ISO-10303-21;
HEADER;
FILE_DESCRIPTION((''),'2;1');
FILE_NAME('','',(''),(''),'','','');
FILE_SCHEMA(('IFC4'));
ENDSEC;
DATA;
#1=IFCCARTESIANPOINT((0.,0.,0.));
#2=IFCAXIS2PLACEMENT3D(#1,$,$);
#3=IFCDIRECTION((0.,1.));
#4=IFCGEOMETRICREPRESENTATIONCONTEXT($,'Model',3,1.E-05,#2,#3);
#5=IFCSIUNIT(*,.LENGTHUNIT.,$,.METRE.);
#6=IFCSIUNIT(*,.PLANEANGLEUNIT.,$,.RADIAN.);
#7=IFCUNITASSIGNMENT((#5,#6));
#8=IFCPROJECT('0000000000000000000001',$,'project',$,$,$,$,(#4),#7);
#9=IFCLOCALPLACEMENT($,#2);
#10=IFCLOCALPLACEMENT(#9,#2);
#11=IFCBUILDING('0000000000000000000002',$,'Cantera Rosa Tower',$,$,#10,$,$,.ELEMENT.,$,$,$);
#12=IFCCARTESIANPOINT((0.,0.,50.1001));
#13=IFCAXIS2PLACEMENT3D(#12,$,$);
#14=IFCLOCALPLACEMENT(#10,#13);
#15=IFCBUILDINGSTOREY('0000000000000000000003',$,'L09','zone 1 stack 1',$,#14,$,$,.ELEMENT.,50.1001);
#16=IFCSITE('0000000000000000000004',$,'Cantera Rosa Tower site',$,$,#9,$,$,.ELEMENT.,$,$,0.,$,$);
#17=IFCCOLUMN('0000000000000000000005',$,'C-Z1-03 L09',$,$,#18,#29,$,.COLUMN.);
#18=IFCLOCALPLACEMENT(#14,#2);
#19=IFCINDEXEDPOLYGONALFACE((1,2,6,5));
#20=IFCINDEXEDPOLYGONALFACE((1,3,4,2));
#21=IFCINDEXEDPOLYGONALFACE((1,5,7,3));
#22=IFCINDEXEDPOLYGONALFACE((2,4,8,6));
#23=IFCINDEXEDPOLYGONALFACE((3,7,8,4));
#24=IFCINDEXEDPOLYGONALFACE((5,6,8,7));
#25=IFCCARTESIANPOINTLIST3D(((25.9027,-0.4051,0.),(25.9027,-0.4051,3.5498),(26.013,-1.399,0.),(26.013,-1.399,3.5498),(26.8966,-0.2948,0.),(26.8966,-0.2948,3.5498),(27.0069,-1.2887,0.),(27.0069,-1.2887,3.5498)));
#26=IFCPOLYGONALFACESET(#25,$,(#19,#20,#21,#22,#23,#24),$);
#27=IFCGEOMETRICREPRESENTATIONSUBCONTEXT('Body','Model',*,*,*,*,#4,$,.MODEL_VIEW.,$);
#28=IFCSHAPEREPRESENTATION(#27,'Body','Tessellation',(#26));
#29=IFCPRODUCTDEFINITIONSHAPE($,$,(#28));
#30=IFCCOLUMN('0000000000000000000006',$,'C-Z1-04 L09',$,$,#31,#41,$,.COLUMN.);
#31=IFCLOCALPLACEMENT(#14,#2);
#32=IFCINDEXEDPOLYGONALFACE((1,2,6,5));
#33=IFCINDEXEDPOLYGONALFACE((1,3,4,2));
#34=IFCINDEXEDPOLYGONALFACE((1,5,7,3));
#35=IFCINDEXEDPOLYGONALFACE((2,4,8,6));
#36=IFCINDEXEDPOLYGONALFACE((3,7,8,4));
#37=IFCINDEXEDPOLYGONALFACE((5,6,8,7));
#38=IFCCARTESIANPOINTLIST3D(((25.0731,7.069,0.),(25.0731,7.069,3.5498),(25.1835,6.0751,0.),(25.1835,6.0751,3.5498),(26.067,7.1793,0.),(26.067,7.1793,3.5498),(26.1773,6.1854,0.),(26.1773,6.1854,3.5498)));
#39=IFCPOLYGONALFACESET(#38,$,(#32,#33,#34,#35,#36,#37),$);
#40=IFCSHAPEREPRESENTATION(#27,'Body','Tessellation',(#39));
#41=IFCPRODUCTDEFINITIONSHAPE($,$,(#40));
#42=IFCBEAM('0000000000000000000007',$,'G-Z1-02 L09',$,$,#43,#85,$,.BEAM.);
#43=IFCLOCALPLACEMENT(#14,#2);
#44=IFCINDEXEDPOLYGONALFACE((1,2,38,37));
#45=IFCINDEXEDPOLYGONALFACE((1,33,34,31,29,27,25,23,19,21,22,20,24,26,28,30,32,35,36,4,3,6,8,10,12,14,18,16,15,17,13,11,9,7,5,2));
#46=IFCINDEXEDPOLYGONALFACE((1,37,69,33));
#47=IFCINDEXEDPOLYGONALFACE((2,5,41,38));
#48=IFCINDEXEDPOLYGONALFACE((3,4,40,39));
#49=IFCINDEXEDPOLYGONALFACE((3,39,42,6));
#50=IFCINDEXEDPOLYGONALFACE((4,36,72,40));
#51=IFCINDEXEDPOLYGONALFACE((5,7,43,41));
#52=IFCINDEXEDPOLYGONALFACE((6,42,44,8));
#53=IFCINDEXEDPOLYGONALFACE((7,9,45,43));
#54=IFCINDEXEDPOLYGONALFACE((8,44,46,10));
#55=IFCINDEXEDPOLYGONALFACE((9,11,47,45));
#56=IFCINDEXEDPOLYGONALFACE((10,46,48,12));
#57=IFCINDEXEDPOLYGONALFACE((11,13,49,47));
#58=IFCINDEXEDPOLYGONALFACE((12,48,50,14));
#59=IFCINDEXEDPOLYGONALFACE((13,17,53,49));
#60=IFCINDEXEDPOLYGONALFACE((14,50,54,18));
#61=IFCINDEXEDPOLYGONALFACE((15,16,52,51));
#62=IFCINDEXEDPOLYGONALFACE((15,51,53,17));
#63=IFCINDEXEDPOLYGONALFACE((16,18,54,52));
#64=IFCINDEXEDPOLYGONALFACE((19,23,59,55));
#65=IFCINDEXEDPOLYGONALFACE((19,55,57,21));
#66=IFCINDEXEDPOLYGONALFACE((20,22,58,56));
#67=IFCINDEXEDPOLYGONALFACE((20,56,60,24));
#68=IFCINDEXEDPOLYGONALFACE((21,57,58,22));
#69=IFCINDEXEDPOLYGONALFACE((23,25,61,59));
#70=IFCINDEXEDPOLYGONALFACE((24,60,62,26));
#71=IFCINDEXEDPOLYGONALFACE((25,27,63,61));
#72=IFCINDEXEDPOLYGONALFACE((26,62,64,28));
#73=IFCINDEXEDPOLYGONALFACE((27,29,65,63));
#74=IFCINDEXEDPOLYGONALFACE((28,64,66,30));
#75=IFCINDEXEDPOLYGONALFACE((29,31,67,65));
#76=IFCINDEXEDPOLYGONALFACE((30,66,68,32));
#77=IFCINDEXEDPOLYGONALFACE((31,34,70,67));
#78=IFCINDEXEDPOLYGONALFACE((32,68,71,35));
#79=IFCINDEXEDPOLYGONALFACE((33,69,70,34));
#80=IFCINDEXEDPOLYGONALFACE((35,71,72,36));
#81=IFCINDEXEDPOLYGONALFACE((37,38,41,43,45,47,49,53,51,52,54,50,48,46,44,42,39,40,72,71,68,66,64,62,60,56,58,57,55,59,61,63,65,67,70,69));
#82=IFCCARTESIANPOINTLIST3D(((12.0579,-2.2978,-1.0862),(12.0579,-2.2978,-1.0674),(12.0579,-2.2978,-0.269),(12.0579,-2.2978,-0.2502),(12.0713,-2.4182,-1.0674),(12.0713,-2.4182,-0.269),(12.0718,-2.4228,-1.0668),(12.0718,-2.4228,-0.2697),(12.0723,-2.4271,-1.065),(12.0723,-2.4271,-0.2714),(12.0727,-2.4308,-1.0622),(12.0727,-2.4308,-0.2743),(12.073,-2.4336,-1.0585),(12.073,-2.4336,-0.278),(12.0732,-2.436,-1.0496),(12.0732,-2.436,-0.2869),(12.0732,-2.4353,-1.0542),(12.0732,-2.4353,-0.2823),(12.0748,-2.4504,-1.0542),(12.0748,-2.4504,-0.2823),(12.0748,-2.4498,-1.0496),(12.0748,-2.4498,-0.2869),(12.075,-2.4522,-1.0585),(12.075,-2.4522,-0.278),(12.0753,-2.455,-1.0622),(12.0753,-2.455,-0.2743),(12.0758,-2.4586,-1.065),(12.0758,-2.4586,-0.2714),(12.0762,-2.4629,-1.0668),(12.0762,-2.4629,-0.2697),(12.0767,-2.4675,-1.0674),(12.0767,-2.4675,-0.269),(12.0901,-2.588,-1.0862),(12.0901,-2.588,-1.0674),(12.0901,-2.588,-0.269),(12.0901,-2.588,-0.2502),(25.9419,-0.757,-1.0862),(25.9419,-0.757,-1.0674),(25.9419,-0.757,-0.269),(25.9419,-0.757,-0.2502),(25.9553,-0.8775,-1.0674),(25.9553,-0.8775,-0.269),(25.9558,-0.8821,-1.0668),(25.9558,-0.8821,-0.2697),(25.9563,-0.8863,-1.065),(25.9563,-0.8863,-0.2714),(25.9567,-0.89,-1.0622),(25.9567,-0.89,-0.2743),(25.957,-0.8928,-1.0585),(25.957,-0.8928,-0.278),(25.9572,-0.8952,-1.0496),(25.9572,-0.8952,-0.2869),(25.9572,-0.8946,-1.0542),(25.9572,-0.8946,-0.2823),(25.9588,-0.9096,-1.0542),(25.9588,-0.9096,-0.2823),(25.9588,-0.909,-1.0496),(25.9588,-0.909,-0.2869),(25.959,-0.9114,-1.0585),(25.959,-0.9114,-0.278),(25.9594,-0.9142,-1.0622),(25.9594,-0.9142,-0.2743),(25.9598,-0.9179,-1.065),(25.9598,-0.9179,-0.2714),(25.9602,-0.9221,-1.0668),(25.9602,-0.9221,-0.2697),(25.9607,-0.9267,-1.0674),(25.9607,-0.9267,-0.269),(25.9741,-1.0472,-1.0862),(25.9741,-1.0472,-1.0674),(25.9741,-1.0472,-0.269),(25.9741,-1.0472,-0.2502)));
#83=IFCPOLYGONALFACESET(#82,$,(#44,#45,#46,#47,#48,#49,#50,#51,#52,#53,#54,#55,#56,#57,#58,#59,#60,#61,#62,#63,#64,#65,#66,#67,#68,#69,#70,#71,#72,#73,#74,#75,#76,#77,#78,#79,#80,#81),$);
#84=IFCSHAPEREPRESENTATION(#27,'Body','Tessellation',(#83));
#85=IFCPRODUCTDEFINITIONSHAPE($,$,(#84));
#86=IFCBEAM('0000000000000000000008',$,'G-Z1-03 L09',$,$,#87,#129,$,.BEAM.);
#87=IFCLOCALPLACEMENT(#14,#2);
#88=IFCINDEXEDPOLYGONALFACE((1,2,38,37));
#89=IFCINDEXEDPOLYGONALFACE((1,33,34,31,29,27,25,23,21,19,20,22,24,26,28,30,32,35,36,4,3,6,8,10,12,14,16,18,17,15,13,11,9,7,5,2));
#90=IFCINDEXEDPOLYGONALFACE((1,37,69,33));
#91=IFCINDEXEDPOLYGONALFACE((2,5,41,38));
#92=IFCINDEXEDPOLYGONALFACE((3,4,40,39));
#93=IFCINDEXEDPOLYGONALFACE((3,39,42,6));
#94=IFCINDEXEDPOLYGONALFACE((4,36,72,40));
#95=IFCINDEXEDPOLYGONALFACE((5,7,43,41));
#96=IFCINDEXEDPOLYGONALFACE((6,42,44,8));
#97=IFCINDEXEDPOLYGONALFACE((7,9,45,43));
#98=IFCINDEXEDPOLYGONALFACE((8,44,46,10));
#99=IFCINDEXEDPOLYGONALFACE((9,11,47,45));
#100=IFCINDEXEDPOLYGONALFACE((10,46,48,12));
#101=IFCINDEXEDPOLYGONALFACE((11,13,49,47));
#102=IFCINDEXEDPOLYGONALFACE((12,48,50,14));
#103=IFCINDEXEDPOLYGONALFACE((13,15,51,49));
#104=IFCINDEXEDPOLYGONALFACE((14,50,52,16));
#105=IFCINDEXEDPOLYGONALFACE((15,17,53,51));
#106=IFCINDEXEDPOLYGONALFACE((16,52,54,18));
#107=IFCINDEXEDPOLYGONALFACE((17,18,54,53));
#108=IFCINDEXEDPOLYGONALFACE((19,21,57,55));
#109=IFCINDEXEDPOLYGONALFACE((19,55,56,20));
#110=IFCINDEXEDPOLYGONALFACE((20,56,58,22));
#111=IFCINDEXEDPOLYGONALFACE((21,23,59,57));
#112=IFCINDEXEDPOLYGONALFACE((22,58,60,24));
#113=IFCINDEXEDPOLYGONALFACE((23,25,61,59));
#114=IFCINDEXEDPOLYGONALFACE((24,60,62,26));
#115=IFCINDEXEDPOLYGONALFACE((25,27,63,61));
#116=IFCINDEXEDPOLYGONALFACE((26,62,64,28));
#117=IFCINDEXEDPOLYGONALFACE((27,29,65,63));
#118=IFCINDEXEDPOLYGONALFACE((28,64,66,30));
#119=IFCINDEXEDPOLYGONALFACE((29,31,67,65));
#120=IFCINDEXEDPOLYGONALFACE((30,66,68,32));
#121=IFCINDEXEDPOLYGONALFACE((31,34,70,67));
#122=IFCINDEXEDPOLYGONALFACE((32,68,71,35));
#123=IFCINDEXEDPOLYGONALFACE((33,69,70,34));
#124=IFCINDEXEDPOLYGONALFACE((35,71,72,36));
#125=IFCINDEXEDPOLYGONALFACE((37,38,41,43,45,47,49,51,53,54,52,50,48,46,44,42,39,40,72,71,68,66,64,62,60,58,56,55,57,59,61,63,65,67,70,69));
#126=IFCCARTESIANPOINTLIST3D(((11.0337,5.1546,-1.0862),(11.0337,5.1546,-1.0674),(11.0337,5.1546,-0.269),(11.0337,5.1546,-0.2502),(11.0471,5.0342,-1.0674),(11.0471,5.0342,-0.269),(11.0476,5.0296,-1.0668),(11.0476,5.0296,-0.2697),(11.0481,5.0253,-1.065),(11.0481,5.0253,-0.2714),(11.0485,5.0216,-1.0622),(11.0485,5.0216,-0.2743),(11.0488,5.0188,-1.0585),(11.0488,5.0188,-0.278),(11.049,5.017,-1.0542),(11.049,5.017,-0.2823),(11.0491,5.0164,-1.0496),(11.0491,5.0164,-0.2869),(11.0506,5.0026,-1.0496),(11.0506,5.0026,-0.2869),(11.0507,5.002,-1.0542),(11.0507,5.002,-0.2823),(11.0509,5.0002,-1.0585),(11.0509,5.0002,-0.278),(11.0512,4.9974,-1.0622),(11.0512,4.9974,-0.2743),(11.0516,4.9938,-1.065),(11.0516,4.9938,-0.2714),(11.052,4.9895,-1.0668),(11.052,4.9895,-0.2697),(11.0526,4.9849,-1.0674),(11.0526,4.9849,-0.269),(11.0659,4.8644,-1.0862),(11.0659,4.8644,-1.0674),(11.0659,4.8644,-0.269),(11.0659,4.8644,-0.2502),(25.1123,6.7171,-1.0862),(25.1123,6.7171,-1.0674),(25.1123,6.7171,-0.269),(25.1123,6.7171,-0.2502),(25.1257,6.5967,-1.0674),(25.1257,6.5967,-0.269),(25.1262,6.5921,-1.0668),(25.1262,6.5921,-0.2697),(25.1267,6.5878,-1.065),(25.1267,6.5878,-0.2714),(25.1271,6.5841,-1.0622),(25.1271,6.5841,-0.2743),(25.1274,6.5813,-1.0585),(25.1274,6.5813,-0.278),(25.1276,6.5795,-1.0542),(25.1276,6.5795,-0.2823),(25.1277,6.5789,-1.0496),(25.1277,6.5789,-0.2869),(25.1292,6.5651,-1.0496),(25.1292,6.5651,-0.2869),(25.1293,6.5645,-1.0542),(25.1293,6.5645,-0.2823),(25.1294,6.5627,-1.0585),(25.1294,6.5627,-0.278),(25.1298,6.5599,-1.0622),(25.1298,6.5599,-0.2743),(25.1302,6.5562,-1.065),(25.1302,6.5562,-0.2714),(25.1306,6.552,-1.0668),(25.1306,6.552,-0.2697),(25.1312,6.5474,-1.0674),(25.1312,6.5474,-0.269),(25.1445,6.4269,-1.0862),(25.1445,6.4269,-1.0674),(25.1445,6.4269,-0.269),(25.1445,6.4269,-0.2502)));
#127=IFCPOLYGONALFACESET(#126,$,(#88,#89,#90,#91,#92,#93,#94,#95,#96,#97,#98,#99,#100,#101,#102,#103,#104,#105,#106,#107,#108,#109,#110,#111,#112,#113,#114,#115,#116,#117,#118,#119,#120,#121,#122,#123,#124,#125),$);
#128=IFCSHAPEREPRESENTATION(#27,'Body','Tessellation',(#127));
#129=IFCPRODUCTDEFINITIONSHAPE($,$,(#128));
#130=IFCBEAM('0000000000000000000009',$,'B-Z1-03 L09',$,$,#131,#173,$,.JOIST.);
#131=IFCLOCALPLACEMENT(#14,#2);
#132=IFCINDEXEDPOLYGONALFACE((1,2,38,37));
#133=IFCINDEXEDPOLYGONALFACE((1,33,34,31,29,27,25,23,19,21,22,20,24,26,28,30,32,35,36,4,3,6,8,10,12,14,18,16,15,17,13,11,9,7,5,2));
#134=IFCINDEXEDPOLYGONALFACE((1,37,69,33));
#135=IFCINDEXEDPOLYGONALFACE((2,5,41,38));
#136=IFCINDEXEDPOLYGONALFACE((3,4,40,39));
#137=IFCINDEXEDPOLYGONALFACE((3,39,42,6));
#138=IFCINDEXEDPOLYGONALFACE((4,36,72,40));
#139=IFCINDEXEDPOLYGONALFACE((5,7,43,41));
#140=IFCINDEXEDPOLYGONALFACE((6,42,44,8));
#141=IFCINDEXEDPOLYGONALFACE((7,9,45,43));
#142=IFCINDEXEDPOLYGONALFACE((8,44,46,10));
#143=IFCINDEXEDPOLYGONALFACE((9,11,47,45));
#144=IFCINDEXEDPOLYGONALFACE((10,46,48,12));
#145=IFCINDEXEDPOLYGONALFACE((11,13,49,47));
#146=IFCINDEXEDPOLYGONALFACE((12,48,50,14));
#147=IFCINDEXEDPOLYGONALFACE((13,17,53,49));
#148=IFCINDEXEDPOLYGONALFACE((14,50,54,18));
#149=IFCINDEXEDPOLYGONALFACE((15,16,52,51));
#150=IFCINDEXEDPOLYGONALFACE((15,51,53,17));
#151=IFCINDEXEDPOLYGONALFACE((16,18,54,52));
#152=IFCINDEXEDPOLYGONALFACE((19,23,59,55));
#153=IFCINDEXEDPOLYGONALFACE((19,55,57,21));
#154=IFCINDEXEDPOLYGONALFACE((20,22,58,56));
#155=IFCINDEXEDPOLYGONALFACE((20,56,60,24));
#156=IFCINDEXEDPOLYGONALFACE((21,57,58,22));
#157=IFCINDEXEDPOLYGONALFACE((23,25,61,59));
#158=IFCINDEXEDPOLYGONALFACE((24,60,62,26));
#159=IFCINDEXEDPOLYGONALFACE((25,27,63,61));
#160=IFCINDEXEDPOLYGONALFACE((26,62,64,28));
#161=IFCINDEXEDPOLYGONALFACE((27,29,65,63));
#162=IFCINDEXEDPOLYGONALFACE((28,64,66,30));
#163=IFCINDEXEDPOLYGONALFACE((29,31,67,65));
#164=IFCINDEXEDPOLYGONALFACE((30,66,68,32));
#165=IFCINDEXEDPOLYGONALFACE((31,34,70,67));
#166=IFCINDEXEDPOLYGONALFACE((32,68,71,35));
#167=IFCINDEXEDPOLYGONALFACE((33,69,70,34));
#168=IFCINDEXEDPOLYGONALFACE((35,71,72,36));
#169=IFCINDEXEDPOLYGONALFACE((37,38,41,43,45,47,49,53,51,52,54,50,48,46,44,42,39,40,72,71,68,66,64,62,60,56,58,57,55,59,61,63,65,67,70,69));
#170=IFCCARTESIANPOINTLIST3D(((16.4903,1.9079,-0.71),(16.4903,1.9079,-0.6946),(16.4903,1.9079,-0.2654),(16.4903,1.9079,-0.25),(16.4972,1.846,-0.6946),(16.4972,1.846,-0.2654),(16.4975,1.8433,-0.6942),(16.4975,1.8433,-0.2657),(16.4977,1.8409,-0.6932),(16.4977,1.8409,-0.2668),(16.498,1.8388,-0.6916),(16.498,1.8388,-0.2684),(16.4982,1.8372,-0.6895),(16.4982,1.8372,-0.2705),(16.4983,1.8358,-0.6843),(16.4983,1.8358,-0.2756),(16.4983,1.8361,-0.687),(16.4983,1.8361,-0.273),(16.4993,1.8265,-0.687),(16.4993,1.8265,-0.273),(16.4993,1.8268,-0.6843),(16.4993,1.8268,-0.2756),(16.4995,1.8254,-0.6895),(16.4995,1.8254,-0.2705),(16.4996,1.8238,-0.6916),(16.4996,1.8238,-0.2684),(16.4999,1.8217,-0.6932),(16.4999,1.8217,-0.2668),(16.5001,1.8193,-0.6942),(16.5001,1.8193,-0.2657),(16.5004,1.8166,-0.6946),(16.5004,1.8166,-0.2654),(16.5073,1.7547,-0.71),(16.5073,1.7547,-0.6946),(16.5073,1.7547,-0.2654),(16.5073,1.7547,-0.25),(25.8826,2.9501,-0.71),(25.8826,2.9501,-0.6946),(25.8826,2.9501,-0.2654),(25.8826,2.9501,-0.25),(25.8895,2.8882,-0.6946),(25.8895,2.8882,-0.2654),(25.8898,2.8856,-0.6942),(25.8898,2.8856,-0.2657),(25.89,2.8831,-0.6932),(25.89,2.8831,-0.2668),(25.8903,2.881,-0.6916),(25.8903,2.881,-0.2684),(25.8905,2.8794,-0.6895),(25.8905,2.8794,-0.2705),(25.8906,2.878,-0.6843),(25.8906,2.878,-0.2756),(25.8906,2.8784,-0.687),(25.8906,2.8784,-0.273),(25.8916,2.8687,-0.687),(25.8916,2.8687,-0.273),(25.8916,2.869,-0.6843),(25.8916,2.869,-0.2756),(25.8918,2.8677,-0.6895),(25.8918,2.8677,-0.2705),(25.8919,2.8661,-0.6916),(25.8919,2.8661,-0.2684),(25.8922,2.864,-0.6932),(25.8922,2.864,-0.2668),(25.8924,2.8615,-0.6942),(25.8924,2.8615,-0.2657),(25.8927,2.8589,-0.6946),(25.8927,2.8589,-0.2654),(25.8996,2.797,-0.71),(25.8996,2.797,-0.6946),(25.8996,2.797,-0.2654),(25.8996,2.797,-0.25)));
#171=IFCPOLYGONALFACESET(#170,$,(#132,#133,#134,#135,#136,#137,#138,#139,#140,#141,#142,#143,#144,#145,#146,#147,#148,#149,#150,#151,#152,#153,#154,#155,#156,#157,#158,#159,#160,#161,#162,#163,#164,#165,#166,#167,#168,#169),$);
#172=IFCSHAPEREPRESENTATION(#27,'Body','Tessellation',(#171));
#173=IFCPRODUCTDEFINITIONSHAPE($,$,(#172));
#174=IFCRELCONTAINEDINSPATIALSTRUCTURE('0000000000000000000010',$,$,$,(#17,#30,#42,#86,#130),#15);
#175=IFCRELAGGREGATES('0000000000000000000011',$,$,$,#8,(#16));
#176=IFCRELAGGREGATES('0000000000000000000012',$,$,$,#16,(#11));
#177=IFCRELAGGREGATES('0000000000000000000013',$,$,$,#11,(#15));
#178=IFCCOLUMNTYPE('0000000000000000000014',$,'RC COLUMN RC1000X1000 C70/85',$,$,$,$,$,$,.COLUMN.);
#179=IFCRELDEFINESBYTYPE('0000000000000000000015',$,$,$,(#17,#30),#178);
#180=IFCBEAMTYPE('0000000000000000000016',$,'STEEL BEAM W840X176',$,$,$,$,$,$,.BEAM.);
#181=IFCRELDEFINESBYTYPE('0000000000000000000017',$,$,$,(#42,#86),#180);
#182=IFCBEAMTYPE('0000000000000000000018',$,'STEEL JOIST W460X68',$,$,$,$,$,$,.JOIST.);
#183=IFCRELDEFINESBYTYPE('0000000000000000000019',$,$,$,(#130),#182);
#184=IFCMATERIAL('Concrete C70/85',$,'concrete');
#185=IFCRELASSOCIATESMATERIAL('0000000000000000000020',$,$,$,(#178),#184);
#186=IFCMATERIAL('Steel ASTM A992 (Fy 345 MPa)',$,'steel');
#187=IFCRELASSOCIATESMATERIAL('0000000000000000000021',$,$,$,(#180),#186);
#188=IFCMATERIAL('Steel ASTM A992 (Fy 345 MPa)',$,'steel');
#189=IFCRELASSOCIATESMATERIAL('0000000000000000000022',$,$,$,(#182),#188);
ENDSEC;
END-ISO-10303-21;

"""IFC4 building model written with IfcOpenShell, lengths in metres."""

from ifc_helpers import new_model, si_unit, direction, frame, origin, origin_2d, place, context, subcontext, project, spatial, rectangle, i_section, extrude, material, material_profile, profile_set, type_object, element, save


model = new_model("IFC4")

# Units and contexts
model_context = context("Model", 3, precision=1e-05, world=origin(), true_north=direction((0.0, 1.0)))
body_context = subcontext(model_context, "Body", "Model", "MODEL_VIEW")
ifc_project = project(units=[si_unit("LENGTHUNIT", "METRE"), si_unit("PLANEANGLEUNIT", "RADIAN")], contexts=[model_context])

# Site, building, storey
site_placement = place(None, origin())
site = spatial("IfcSite", under=ifc_project, at=site_placement, Name="Cantera Rosa Tower site", CompositionType="ELEMENT", RefElevation=0.0)
building_placement = place(site_placement, origin())
building = spatial("IfcBuilding", under=site, at=building_placement, Name="Cantera Rosa Tower", CompositionType="ELEMENT")
storey_placement = place(building_placement, frame((0.0, 0.0, 50.1001)))
storey = spatial("IfcBuildingStorey", under=building, at=storey_placement, Name="L09", Description="zone 1 stack 1", CompositionType="ELEMENT", Elevation=50.1001)

# Columns
ifc_material_1 = material(Name="Concrete C70/85", Category="concrete")
ifc_material_profile_1 = material_profile(ifc_material_1, rectangle(XDim=1.0, YDim=1.0, at=origin_2d()), Name="RC COLUMN RC1000X1000 C70/85")
ifc_profile_set_1 = profile_set([ifc_material_profile_1], Name="Concrete C70/85")
column_type = type_object("IfcColumnType", Name="RC COLUMN RC1000X1000 C70/85", PredefinedType="COLUMN", material=ifc_profile_set_1)
for number, where, z_axis, x_axis, name in (
    (1, (26.4548, -0.8469, 0.0), (0.0, 0.0, 1.0), (0.993897, 0.110313, 0.0), "C-Z1-03 L09"),
    (2, (25.6252, 6.6272, 0.0), (0.0, 0.0, 1.0), (0.993897, 0.110313, 0.0), "C-Z1-04 L09"),
):
    element("IfcColumn", number, at=place(storey_placement, frame(where, z_axis=z_axis, x_axis=x_axis)), inside=storey, type_object=column_type, Name=name, PredefinedType="COLUMN", context=body_context, shape_type="SweptSolid", body=[
        extrude(rectangle(XDim=1.0, YDim=1.0, at=origin_2d()), origin(), (0.0, 0.0, 1.0), 3.5498),
    ])

# Beams
ifc_material_2 = material(Name="Steel ASTM A992 (Fy 345 MPa)", Category="steel")
ifc_material_profile_2 = material_profile(ifc_material_2, i_section(OverallWidth=0.292, OverallDepth=0.8359, WebThickness=0.0139, FlangeThickness=0.0188, FilletRadius=0.0178, at=origin_2d()), Name="W840X176")
ifc_profile_set_2 = profile_set([ifc_material_profile_2], Name="Steel ASTM A992 (Fy 345 MPa)")
beam_type_1 = type_object("IfcBeamType", Name="STEEL BEAM W840X176", PredefinedType="BEAM", material=ifc_profile_set_2)
beam_1_placement = place(storey_placement, frame((25.958, -0.9021, -0.6682), z_axis=(-0.993899, -0.110297, 0.0), x_axis=(0.110297, -0.993899, 0.0)))
element("IfcBeam", 3, at=beam_1_placement, inside=storey, type_object=beam_type_1, Name="G-Z1-02 L09", PredefinedType="BEAM", context=body_context, shape_type="SweptSolid", body=[
    extrude(i_section(OverallWidth=0.292, OverallDepth=0.8359, WebThickness=0.0139, FlangeThickness=0.0188, FilletRadius=0.0178, at=origin_2d()), origin(), (0.0, 0.0, 1.0), 13.9692),
])
beam_2_placement = place(storey_placement, frame((25.1284, 6.572, -0.6682), z_axis=(-0.993898, -0.110307, 0.0), x_axis=(0.110307, -0.993898, 0.0)))
element("IfcBeam", 4, at=beam_2_placement, inside=storey, type_object=beam_type_1, Name="G-Z1-03 L09", PredefinedType="BEAM", context=body_context, shape_type="SweptSolid", body=[
    extrude(i_section(OverallWidth=0.292, OverallDepth=0.8359, WebThickness=0.0139, FlangeThickness=0.0188, FilletRadius=0.0178, at=origin_2d()), origin(), (0.0, 0.0, 1.0), 14.165),
])
ifc_material_3 = material(Name="Steel ASTM A992 (Fy 345 MPa)", Category="steel")
ifc_material_profile_3 = material_profile(ifc_material_3, i_section(OverallWidth=0.1541, OverallDepth=0.46, WebThickness=0.009, FlangeThickness=0.0154, FilletRadius=0.0103, at=origin_2d()), Name="W460X68")
ifc_profile_set_3 = profile_set([ifc_material_profile_3], Name="Steel ASTM A992 (Fy 345 MPa)")
beam_type_2 = type_object("IfcBeamType", Name="STEEL JOIST W460X68", PredefinedType="JOIST", material=ifc_profile_set_3)
beam_3_placement = place(storey_placement, frame((25.8911, 2.8735, -0.48), z_axis=(-0.993899, -0.11029, 0.0), x_axis=(0.11029, -0.993899, 0.0)))
element("IfcBeam", 5, at=beam_3_placement, inside=storey, type_object=beam_type_2, Name="B-Z1-03 L09", PredefinedType="JOIST", context=body_context, shape_type="SweptSolid", body=[
    extrude(i_section(OverallWidth=0.1541, OverallDepth=0.46, WebThickness=0.009, FlangeThickness=0.0154, FilletRadius=0.0103, at=origin_2d()), origin(), (0.0, 0.0, 1.0), 9.45),
])

save(model, "model.ifc")
